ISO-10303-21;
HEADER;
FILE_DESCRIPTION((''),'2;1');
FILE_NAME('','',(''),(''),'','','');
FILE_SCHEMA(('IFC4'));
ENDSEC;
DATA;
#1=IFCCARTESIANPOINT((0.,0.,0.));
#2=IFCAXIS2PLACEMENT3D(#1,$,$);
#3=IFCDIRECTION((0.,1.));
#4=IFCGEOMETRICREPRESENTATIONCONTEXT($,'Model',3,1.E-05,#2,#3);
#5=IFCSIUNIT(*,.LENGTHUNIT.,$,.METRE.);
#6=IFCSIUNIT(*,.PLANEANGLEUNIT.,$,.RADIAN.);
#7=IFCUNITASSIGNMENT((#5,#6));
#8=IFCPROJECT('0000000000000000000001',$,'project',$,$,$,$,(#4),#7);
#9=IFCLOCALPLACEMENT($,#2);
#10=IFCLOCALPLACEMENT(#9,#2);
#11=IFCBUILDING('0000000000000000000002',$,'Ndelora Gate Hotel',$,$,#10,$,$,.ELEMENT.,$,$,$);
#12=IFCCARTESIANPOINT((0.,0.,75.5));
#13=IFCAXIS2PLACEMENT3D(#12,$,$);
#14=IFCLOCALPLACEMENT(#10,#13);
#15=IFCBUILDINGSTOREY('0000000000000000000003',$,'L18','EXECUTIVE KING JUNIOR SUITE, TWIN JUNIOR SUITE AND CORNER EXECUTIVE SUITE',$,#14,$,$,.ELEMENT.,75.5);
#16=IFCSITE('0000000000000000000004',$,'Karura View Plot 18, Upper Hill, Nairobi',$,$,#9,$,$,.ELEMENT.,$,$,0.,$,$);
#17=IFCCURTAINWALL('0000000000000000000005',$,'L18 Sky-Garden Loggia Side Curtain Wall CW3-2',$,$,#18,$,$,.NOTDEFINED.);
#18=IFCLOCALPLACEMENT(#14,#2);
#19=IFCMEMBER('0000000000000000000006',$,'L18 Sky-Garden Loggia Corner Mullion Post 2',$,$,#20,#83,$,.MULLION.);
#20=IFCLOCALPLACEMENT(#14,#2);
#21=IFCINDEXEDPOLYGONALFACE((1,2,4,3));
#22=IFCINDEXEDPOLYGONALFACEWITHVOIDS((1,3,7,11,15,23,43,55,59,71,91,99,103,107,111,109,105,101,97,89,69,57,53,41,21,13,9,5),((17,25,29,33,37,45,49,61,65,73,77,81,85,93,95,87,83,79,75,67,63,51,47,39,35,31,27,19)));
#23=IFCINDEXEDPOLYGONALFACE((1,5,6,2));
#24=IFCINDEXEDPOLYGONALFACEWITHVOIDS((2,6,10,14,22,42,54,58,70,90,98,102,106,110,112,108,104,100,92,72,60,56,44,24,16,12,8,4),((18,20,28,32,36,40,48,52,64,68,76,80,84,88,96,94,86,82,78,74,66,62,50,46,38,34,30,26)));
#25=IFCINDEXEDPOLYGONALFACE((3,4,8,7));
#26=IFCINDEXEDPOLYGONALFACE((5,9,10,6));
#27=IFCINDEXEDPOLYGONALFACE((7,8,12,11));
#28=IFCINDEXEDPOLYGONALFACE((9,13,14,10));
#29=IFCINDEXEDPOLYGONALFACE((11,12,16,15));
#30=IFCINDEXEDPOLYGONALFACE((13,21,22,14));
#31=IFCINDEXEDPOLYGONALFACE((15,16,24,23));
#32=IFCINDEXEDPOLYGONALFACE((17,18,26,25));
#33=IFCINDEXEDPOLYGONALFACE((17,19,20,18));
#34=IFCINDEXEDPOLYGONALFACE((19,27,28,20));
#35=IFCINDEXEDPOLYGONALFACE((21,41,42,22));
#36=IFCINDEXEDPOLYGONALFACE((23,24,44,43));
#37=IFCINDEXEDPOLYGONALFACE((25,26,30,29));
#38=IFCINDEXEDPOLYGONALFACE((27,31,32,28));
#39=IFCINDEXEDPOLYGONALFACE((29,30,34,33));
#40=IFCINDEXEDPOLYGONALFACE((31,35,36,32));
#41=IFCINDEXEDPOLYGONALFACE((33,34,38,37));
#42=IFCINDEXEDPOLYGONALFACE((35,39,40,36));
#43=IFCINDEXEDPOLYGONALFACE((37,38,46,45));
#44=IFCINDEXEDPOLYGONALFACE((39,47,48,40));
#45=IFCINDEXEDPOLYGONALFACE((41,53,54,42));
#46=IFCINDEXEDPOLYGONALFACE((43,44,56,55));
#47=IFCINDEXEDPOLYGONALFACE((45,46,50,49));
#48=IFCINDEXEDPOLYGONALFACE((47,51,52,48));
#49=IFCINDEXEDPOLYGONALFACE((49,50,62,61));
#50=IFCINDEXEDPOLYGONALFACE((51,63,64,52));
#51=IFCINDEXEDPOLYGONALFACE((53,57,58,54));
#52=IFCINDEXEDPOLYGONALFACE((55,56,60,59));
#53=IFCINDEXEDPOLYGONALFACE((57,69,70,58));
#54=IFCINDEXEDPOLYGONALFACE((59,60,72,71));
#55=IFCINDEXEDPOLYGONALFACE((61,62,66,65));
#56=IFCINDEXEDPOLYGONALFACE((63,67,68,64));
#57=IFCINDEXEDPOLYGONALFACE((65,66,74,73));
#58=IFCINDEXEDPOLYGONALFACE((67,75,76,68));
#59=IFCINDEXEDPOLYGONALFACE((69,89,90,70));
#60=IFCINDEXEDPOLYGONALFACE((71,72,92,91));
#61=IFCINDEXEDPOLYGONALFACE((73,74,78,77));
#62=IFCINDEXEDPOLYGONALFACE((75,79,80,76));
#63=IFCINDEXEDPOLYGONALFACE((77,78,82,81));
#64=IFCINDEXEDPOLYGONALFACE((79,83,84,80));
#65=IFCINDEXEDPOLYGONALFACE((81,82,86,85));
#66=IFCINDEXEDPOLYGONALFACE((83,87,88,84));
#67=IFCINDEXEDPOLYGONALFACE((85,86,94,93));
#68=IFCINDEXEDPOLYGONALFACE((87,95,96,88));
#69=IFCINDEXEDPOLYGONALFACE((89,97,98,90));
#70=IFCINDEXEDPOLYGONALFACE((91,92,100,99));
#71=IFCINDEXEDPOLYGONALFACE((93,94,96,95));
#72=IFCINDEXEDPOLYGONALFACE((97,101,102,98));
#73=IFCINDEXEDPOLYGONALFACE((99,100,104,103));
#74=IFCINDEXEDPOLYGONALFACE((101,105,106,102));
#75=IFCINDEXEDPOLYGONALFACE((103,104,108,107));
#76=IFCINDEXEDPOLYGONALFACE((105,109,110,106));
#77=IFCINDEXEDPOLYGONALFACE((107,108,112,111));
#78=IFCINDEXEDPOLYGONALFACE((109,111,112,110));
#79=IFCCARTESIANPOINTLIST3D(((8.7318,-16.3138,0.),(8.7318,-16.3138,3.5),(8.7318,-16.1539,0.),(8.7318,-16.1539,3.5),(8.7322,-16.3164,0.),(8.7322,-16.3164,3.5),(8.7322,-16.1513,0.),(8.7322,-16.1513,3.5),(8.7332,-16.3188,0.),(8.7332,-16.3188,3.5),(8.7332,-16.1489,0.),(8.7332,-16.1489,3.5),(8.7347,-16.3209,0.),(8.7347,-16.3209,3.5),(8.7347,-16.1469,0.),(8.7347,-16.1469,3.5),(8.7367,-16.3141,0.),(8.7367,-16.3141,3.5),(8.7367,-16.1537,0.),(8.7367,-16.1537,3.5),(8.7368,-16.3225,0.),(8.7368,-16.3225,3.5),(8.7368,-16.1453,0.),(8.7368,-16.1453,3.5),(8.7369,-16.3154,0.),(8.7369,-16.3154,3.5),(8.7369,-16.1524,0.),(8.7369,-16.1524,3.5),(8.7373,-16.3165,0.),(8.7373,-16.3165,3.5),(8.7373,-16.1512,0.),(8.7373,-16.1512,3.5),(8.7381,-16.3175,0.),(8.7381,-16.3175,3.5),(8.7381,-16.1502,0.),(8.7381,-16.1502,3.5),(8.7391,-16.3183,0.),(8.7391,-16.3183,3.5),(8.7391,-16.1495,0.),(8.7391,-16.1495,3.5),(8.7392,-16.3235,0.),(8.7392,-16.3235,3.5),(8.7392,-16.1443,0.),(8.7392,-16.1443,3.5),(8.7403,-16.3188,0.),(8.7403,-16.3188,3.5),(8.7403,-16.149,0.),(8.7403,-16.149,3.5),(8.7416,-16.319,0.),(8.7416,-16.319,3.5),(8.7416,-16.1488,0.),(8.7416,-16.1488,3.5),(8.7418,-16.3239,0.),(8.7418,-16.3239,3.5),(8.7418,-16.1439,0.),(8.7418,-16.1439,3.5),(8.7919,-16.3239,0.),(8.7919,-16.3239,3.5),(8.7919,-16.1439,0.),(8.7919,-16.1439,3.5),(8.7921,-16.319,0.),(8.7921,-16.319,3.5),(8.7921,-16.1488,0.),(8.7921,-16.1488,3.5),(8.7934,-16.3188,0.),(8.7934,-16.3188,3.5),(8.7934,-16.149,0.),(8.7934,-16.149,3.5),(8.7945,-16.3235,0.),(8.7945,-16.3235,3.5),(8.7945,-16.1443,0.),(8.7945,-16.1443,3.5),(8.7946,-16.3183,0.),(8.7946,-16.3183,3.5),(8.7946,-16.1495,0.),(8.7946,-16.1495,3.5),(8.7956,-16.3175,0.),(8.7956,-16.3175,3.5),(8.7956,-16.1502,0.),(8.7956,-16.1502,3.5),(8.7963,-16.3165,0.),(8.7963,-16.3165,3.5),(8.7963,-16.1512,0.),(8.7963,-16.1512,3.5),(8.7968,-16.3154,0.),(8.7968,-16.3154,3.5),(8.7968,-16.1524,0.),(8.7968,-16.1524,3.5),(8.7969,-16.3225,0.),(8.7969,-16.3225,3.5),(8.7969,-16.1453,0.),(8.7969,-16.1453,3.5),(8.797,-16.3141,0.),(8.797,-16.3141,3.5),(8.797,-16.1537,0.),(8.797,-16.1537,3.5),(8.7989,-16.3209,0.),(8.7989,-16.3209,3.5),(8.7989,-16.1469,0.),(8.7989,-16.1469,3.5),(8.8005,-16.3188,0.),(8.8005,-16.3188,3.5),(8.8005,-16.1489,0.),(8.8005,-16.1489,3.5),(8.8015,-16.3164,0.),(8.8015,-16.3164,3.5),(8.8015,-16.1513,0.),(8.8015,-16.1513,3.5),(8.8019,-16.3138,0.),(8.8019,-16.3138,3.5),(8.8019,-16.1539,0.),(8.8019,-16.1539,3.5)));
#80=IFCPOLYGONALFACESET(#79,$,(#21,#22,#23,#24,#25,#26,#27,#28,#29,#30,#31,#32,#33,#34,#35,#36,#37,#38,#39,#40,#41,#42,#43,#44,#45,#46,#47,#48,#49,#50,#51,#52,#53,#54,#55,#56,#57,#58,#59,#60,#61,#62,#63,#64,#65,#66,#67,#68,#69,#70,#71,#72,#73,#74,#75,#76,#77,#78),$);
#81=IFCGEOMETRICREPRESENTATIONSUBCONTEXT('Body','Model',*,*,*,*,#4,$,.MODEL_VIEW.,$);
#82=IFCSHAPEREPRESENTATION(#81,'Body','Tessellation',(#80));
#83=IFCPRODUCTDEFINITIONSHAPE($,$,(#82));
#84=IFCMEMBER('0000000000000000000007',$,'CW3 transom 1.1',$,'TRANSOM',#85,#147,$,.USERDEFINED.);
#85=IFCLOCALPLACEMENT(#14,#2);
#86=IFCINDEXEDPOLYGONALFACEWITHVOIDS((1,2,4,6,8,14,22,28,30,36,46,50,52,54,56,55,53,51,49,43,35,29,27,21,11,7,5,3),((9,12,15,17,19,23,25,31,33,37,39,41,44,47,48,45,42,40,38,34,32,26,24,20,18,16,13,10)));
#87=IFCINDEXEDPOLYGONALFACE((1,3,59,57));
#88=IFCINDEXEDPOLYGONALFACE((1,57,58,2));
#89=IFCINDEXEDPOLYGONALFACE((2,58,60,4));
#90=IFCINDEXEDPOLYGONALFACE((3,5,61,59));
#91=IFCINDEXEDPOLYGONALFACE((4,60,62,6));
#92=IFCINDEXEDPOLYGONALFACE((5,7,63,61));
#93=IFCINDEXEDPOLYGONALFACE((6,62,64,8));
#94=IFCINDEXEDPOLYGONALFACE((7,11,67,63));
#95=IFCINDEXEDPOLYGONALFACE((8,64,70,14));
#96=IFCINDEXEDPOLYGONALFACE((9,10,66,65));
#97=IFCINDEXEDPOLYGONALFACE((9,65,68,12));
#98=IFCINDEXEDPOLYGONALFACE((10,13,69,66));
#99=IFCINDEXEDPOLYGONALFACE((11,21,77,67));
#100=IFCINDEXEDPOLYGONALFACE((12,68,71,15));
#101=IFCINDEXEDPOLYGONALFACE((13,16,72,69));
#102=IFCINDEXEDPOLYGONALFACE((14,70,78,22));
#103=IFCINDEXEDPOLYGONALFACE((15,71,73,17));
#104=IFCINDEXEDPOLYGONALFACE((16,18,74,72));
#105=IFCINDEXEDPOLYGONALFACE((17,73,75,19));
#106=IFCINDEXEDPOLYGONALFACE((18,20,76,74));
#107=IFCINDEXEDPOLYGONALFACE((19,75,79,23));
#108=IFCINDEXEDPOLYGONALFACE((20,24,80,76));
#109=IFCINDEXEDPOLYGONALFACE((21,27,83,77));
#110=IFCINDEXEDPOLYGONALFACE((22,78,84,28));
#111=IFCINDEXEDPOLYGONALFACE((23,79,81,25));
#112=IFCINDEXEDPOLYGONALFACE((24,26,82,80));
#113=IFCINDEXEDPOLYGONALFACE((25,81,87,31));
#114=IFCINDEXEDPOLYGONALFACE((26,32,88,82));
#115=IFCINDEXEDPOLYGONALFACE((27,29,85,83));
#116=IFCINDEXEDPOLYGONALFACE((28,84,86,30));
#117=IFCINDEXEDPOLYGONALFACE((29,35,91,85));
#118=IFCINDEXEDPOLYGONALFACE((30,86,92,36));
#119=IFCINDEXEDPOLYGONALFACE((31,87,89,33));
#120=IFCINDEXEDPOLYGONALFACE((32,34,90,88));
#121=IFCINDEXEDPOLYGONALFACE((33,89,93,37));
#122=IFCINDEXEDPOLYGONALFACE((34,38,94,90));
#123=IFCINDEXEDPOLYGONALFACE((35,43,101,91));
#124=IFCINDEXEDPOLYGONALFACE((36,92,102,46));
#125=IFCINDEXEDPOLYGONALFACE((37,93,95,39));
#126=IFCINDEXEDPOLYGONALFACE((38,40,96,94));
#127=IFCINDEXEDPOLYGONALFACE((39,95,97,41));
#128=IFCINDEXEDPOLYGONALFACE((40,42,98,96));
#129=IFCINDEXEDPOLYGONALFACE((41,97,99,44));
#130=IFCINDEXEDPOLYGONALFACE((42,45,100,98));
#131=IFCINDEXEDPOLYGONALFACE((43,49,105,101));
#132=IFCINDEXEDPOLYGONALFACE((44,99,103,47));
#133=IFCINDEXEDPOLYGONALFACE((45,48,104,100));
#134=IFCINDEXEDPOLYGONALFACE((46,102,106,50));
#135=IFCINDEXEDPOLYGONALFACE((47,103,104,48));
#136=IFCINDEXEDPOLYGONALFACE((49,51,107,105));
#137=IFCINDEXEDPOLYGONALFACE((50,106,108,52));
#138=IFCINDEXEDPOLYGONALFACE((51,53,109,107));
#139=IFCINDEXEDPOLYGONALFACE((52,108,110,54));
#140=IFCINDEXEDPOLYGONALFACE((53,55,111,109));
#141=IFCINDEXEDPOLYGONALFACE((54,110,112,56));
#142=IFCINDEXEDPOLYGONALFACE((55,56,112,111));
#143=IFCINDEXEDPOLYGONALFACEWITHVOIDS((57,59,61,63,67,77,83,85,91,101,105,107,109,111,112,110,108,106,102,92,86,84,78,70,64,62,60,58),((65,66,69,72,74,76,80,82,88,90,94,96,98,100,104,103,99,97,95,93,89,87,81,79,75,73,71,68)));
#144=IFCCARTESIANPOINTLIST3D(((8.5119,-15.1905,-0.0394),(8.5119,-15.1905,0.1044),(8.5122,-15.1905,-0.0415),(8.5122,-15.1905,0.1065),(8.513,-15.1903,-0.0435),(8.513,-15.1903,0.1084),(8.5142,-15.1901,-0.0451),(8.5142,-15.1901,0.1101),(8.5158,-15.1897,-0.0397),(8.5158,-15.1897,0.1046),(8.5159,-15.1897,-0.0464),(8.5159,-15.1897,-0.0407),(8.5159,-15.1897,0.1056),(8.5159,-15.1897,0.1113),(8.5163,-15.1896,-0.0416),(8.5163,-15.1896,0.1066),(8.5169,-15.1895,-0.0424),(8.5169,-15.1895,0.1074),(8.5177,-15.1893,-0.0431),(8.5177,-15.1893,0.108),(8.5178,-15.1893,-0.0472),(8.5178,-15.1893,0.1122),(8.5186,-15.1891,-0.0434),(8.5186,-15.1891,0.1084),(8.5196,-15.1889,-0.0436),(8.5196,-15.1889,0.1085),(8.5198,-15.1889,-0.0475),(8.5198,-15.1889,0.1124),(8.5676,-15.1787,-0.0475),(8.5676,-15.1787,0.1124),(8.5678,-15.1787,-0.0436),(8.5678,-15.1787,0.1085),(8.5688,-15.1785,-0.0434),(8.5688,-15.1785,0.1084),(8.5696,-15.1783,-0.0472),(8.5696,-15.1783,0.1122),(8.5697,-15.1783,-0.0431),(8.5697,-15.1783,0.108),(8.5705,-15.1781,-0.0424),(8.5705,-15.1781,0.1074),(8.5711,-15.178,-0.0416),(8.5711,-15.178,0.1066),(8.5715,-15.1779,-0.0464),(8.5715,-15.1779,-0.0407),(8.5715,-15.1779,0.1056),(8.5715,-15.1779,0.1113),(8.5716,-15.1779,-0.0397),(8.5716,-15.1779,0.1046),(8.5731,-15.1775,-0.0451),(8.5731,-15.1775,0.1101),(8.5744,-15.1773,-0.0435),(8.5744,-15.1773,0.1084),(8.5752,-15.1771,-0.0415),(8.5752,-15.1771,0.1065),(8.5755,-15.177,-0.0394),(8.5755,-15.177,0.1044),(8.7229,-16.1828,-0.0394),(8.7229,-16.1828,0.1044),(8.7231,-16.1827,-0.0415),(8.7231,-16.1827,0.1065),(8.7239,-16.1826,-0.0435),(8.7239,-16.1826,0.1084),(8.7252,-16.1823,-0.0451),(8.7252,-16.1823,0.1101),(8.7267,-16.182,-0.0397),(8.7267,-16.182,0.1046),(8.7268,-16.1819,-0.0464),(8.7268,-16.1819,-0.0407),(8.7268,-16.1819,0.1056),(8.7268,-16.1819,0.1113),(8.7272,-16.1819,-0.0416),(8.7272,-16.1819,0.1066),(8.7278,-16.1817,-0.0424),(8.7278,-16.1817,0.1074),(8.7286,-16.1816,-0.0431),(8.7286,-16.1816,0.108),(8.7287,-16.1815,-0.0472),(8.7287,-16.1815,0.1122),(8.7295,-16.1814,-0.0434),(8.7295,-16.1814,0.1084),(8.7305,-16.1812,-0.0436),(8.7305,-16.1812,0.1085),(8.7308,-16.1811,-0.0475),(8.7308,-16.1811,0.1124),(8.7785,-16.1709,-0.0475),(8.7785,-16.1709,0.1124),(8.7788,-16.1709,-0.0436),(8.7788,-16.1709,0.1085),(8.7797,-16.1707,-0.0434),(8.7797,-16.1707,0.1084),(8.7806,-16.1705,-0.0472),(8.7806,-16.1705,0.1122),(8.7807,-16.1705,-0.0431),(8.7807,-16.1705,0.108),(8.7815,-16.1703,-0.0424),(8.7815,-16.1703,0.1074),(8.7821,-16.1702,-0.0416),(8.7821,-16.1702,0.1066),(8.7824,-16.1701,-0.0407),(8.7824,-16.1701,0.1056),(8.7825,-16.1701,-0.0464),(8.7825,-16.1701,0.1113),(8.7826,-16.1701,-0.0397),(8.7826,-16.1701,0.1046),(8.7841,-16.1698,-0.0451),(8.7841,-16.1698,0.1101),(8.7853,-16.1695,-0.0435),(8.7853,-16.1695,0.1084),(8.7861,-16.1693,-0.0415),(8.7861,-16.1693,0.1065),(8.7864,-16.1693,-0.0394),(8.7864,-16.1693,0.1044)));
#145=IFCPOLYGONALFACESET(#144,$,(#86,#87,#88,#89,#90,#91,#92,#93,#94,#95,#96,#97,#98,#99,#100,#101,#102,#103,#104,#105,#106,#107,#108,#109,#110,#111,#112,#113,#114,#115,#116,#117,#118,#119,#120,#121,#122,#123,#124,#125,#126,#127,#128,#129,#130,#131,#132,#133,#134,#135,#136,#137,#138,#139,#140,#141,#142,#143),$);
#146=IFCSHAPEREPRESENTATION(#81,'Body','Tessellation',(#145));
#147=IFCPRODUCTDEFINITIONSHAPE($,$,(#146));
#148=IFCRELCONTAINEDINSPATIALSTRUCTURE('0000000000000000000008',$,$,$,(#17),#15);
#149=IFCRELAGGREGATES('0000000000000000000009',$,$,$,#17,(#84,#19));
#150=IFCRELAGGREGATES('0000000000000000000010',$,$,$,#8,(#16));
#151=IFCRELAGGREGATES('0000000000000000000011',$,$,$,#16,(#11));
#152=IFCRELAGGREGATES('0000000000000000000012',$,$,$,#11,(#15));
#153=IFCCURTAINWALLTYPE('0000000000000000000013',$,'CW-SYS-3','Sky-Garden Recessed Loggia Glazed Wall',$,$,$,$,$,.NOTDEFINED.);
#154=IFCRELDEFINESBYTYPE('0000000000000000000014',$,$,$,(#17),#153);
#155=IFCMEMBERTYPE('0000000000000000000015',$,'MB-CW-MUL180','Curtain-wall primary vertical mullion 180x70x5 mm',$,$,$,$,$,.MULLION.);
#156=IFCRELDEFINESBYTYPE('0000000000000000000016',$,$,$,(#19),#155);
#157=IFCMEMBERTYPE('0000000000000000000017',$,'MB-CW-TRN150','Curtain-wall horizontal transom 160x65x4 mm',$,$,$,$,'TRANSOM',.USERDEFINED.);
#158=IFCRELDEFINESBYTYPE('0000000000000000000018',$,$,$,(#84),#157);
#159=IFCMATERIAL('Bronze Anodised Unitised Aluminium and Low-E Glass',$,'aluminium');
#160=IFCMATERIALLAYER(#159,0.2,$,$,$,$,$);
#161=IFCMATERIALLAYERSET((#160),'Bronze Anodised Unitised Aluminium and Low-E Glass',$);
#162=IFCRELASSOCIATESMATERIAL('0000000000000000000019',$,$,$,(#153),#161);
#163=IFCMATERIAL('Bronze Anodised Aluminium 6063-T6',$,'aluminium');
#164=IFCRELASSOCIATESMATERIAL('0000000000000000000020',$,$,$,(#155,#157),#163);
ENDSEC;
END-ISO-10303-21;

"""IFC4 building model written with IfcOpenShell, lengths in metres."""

from ifc_helpers import new_model, si_unit, direction, frame, origin, origin_2d, place, context, subcontext, project, spatial, hollow_rectangle, extrude, material, layer, layer_set, material_profile, profile_set, type_object, element, aggregate, save


model = new_model("IFC4")

# Units and contexts
model_context = context("Model", 3, precision=1e-05, world=origin(), true_north=direction((0.0, 1.0)))
body_context = subcontext(model_context, "Body", "Model", "MODEL_VIEW")
ifc_project = project(units=[si_unit("LENGTHUNIT", "METRE"), si_unit("PLANEANGLEUNIT", "RADIAN")], contexts=[model_context])

# Site, building, storey
site_placement = place(None, origin())
site = spatial("IfcSite", under=ifc_project, at=site_placement, Name="Karura View Plot 18, Upper Hill, Nairobi", CompositionType="ELEMENT", RefElevation=0.0)
building_placement = place(site_placement, origin())
building = spatial("IfcBuilding", under=site, at=building_placement, Name="Ndelora Gate Hotel", CompositionType="ELEMENT")
storey_placement = place(building_placement, frame((0.0, 0.0, 75.5)))
storey = spatial("IfcBuildingStorey", under=building, at=storey_placement, Name="L18", Description="EXECUTIVE KING JUNIOR SUITE, TWIN JUNIOR SUITE AND CORNER EXECUTIVE SUITE", CompositionType="ELEMENT", Elevation=75.5)

# Curtain wall, members
ifc_material_1 = material(Name="Bronze Anodised Unitised Aluminium and Low-E Glass", Category="aluminium")
ifc_layer_1 = layer(ifc_material_1, 0.2)
ifc_layer_set_1 = layer_set([ifc_layer_1], Name="Bronze Anodised Unitised Aluminium and Low-E Glass")
curtain_wall_type = type_object("IfcCurtainWallType", Name="CW-SYS-3", Description="Sky-Garden Recessed Loggia Glazed Wall", PredefinedType="NOTDEFINED", material=ifc_layer_set_1)
curtain_wall_placement = place(storey_placement, origin())
curtain_wall = element("IfcCurtainWall", 1, at=curtain_wall_placement, inside=storey, type_object=curtain_wall_type, Name="L18 Sky-Garden Loggia Side Curtain Wall CW3-2", PredefinedType="NOTDEFINED")
ifc_material_2 = material(Name="Bronze Anodised Aluminium 6063-T6", Category="aluminium")
ifc_material_profile_1 = material_profile(ifc_material_2, hollow_rectangle(XDim=0.0701, YDim=0.1799, WallThickness=0.0049, InnerFilletRadius=0.0049, OuterFilletRadius=0.01, at=origin_2d()), Name="ALU 180x70x5")
ifc_profile_set_1 = profile_set([ifc_material_profile_1], Name="Bronze Anodised Aluminium 6063-T6")
member_type_1 = type_object("IfcMemberType", Name="MB-CW-MUL180", Description="Curtain-wall primary vertical mullion 180x70x5 mm", PredefinedType="MULLION", material=ifc_profile_set_1)
member_1_placement = place(storey_placement, frame((8.7668, -16.2339, 0.0), z_axis=(0.0, 0.0, 1.0), x_axis=(1.0, 0.0, 0.0)))
member_1 = element("IfcMember", 2, at=member_1_placement, type_object=member_type_1, Name="L18 Sky-Garden Loggia Corner Mullion Post 2", PredefinedType="MULLION", context=body_context, shape_type="SweptSolid", body=[
    extrude(hollow_rectangle(XDim=0.0701, YDim=0.1799, WallThickness=0.0049, InnerFilletRadius=0.0049, OuterFilletRadius=0.01, at=origin_2d()), origin(), (0.0, 0.0, 1.0), 3.5),
])
ifc_material_profile_2 = material_profile(ifc_material_2, hollow_rectangle(XDim=0.0649, YDim=0.1599, WallThickness=0.0039, InnerFilletRadius=0.0039, OuterFilletRadius=0.0081, at=origin_2d()), Name="ALU 160x65x4")
ifc_profile_set_2 = profile_set([ifc_material_profile_2], Name="Bronze Anodised Aluminium 6063-T6")
member_type_2 = type_object("IfcMemberType", Name="MB-CW-TRN150", Description="Curtain-wall horizontal transom 160x65x4 mm", ElementType="TRANSOM", PredefinedType="USERDEFINED", material=ifc_profile_set_2)
member_2_placement = place(storey_placement, frame((8.7546, -16.176, 0.0325), z_axis=(-0.207951, 0.978139, 0.0), x_axis=(-0.978139, -0.207951, 0.0)))
member_2 = element("IfcMember", 3, at=member_2_placement, type_object=member_type_2, Name="CW3 transom 1.1", ObjectType="TRANSOM", PredefinedType="USERDEFINED", context=body_context, shape_type="SweptSolid", body=[
    extrude(hollow_rectangle(XDim=0.0649, YDim=0.1599, WallThickness=0.0039, InnerFilletRadius=0.0039, OuterFilletRadius=0.0081, at=origin_2d()), origin(), (0.0, 0.0, 1.0), 1.0144),
])
aggregate(curtain_wall, [member_2, member_1])

save(model, "model.ifc")
